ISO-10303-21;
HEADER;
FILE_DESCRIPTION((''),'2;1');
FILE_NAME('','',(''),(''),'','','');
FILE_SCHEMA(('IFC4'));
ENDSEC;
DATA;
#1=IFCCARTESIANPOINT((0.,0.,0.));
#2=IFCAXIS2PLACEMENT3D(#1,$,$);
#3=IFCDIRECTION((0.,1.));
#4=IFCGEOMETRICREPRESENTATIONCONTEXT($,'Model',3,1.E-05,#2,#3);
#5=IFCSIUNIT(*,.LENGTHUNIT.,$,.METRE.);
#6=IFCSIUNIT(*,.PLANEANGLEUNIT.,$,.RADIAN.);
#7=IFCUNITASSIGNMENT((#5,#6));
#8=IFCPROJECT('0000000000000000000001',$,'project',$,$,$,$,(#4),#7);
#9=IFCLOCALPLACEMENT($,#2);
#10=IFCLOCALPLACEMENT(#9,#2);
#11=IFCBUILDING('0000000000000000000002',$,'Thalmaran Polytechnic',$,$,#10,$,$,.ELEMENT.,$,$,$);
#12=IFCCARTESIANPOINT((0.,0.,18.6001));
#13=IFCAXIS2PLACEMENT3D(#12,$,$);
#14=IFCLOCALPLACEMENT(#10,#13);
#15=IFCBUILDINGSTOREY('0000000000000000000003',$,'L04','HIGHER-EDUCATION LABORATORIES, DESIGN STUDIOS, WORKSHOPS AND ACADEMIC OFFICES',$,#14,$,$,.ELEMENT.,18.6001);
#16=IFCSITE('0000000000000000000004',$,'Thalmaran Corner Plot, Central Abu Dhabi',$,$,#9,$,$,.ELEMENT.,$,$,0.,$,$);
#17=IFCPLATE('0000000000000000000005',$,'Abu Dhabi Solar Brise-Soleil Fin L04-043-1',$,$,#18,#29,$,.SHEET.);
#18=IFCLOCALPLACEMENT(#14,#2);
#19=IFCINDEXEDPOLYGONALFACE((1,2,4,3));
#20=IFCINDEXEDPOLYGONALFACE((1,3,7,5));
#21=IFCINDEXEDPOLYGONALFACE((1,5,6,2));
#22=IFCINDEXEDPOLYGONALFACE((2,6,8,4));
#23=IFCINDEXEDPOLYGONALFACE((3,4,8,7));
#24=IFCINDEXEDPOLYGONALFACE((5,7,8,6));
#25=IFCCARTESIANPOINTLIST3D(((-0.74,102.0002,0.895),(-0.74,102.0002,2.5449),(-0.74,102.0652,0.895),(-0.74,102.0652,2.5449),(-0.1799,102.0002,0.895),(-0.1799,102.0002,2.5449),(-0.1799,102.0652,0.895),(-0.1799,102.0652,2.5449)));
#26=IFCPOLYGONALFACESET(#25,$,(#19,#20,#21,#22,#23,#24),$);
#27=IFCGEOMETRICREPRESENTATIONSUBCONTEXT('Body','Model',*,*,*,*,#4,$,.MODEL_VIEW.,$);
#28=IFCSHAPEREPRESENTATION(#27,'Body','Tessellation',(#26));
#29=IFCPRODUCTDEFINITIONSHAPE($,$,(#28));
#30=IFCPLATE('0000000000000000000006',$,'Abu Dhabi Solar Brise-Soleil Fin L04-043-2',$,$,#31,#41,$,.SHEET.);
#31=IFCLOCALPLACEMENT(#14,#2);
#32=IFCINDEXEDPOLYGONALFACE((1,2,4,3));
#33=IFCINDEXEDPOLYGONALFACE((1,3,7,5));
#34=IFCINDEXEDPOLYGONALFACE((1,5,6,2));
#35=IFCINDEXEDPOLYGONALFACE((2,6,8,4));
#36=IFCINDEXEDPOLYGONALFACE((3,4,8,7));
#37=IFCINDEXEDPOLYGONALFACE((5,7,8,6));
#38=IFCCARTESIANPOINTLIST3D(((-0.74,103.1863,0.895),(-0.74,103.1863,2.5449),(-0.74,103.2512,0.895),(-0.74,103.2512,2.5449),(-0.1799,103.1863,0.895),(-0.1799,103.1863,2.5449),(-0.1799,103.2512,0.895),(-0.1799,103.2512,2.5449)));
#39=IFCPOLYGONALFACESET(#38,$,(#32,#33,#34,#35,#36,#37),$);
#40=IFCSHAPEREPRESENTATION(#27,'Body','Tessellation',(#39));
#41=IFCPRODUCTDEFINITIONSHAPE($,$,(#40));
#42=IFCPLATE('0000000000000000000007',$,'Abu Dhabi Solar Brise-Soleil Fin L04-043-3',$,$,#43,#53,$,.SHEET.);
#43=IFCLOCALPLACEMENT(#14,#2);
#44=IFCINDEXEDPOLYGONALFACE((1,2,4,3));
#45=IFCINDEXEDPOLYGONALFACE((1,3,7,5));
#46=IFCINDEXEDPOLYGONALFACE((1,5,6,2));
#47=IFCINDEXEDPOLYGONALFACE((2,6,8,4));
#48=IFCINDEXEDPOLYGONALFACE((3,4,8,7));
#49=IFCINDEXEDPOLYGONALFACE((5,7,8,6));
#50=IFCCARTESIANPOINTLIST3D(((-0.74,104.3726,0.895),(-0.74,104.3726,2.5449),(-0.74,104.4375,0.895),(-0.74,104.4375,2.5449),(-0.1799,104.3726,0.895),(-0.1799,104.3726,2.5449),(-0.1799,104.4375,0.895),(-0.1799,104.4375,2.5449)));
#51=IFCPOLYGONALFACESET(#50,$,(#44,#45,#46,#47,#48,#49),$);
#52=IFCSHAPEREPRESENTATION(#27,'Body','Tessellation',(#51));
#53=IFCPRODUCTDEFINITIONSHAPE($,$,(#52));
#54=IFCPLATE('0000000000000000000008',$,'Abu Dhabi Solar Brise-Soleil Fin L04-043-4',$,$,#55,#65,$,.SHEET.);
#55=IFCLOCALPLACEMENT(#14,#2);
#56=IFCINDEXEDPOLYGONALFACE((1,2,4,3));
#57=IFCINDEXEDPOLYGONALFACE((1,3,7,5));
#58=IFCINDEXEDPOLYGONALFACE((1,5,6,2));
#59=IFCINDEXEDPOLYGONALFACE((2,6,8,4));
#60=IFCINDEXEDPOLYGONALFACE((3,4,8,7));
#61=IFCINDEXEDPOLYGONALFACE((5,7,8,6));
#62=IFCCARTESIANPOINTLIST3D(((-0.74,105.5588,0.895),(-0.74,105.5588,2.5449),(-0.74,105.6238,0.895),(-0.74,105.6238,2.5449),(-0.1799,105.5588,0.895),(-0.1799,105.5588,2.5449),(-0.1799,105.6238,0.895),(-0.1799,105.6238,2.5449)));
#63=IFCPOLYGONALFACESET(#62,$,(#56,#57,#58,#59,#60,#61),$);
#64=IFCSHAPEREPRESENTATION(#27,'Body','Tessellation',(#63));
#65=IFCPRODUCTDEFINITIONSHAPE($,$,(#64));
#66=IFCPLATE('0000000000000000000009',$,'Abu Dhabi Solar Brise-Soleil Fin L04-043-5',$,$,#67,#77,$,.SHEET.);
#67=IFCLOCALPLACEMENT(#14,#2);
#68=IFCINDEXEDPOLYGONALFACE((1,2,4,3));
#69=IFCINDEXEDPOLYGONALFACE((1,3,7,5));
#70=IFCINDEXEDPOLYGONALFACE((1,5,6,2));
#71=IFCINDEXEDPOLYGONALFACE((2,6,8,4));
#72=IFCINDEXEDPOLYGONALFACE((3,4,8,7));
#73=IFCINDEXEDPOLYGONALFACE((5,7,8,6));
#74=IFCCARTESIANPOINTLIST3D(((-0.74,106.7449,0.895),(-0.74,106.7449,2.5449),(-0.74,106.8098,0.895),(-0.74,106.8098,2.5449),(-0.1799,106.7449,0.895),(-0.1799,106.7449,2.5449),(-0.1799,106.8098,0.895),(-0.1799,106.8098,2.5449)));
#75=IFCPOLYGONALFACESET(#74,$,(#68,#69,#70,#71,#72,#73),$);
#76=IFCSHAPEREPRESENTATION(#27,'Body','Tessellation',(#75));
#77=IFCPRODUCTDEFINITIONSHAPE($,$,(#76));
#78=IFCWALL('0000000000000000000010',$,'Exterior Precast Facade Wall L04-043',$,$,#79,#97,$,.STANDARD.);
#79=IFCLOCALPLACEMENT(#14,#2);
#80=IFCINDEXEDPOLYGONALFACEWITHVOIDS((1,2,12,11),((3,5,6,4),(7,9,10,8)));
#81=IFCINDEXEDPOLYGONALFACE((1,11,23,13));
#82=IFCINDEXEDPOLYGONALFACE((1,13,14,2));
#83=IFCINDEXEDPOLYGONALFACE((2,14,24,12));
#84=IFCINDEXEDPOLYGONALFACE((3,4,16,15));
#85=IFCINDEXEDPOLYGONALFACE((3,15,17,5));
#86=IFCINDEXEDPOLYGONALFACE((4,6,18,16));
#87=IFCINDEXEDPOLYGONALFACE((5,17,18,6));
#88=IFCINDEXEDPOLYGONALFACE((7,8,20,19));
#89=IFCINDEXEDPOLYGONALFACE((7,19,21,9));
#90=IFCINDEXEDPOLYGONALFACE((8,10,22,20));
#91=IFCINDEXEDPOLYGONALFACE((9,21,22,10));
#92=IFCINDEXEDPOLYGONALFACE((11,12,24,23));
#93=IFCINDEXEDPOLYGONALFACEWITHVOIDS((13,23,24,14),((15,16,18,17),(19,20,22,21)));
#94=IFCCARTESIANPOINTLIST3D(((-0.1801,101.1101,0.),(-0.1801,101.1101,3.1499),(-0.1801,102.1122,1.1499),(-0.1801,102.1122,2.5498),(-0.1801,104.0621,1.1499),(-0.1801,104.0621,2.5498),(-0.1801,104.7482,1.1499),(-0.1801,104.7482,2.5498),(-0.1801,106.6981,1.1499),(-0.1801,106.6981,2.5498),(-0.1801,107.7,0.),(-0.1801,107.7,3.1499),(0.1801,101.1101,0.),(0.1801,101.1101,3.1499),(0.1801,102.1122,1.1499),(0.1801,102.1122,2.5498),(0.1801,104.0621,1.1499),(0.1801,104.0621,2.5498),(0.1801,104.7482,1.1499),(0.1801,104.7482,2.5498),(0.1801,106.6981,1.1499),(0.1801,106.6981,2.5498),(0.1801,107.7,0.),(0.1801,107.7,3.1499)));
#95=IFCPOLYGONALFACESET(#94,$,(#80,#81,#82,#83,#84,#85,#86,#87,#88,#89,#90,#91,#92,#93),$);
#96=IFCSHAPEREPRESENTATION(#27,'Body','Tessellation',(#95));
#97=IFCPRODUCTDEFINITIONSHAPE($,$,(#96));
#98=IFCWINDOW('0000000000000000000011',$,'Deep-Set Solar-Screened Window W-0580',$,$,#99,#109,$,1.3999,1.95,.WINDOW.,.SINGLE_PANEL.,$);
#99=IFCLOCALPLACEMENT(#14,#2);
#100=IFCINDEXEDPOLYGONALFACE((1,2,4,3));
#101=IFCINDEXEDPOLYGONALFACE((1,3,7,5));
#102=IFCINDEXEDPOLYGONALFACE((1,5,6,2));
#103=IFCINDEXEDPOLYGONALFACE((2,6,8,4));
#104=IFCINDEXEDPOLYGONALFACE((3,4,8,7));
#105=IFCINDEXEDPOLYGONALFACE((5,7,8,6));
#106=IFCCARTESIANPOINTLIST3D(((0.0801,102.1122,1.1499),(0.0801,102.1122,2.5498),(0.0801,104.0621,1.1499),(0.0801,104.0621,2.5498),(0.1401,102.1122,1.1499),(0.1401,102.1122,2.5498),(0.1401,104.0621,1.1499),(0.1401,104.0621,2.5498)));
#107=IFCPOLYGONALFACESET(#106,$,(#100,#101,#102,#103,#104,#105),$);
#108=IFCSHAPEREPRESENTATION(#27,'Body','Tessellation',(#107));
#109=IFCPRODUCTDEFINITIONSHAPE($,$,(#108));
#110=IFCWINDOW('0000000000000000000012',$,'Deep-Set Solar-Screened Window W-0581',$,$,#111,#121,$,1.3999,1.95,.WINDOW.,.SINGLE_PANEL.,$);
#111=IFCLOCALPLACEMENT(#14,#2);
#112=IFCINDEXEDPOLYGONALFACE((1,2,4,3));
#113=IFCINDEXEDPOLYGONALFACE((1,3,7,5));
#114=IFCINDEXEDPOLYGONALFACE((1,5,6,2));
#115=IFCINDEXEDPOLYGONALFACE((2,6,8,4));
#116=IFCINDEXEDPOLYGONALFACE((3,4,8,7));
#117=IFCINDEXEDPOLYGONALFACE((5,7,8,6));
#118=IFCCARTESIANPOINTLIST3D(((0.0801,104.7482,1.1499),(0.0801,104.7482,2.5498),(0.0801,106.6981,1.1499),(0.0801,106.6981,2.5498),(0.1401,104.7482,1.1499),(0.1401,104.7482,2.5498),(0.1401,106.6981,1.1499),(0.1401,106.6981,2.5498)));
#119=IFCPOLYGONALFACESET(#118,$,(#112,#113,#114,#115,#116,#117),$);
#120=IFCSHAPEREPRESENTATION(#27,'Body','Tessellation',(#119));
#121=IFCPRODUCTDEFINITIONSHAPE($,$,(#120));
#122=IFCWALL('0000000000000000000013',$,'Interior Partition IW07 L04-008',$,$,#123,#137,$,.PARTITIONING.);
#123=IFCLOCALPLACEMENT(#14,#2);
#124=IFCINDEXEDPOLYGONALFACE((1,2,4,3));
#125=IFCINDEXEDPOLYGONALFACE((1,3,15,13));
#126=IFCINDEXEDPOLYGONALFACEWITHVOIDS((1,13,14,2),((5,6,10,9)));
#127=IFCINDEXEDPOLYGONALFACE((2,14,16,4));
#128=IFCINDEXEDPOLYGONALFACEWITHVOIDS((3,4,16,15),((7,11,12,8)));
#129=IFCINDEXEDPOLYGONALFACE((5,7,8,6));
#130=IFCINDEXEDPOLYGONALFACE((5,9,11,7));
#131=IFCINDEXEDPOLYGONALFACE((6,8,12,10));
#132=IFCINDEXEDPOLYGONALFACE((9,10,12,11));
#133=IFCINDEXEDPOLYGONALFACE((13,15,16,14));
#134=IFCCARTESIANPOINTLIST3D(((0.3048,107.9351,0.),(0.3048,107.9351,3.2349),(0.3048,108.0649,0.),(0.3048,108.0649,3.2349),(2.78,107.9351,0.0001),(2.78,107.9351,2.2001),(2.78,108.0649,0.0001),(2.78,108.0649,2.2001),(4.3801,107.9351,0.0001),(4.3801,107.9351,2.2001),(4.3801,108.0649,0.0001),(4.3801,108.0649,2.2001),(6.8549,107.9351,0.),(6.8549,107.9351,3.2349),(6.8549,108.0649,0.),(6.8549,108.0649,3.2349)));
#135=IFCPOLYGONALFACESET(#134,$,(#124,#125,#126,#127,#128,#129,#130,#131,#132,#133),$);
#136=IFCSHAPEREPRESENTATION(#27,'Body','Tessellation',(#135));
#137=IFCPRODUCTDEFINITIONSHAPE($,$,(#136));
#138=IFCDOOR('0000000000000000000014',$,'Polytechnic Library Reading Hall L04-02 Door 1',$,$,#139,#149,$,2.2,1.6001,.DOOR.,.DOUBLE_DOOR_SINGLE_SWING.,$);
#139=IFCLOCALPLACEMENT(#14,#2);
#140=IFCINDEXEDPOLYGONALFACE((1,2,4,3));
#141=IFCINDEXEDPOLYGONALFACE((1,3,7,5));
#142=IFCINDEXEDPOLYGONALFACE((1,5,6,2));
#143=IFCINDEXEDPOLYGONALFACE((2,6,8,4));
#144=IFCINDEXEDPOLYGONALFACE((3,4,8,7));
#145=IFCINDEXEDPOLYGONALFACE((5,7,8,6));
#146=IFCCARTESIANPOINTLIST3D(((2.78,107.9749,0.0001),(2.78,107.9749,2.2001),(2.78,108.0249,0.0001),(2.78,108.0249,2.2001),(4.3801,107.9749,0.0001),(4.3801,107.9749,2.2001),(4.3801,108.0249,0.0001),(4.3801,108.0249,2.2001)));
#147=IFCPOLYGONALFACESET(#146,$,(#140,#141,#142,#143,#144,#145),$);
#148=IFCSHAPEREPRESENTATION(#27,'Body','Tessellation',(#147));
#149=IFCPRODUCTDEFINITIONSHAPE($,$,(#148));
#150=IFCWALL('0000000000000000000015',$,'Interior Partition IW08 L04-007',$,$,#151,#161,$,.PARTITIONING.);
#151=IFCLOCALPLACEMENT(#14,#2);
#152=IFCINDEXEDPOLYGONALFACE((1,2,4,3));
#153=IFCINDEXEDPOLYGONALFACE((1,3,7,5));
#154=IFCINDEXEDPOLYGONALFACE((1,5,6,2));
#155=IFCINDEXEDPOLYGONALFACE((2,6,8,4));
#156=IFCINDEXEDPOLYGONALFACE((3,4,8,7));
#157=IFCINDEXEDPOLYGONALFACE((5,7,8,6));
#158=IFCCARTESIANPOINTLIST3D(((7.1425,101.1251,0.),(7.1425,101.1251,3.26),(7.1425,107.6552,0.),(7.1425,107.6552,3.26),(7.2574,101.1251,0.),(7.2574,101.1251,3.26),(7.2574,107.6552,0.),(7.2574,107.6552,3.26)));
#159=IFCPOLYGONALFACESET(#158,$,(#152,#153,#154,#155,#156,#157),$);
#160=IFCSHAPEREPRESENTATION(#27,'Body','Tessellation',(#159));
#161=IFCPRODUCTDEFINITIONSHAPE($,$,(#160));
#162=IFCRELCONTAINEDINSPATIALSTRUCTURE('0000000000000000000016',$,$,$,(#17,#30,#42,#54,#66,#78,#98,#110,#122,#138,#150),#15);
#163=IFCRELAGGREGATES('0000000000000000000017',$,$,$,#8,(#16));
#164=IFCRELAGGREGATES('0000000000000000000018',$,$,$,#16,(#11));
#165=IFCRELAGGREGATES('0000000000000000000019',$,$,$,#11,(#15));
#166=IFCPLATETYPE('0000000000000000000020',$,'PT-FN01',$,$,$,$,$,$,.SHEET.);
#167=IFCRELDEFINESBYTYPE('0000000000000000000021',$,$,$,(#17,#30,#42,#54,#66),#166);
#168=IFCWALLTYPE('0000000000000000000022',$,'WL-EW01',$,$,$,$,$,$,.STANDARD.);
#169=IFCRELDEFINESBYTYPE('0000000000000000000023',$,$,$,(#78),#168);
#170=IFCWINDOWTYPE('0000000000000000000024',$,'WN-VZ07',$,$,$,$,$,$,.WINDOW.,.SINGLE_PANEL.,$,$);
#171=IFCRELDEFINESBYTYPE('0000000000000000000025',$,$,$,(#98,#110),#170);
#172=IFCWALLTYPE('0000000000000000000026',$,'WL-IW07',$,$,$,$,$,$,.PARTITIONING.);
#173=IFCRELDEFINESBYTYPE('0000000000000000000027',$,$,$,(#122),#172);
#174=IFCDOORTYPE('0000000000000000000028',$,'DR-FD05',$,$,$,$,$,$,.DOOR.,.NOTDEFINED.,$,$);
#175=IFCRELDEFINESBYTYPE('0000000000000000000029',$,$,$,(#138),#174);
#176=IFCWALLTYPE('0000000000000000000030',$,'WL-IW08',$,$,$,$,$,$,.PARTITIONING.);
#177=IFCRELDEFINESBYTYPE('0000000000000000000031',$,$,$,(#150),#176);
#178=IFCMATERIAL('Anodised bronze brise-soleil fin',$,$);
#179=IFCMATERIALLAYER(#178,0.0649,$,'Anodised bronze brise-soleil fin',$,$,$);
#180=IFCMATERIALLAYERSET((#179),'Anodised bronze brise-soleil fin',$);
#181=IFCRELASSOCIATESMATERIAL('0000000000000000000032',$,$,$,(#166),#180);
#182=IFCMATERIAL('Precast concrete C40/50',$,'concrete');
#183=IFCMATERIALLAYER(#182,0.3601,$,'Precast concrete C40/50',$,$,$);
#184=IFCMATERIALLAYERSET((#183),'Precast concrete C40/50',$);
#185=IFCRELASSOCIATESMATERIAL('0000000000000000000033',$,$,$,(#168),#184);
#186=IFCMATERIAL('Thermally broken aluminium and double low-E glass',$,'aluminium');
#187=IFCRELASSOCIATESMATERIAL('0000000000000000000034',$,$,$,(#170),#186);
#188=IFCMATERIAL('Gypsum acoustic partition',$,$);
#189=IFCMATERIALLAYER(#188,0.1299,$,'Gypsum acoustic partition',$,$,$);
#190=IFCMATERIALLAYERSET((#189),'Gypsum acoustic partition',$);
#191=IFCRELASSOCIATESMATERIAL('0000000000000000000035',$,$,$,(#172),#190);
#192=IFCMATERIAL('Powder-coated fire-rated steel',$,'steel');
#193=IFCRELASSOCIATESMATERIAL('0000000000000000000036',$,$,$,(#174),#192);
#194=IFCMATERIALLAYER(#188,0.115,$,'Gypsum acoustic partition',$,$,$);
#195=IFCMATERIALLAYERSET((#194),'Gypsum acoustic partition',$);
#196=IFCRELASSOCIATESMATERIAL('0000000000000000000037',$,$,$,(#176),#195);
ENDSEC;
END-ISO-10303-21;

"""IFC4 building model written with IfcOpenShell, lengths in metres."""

from ifc_helpers import new_model, si_unit, direction, frame, frame_2d, origin, origin_2d, place, context, subcontext, project, spatial, rectangle, extrude, material, layer, layer_set, type_object, element, fill, save


model = new_model("IFC4")

# Units and contexts
model_context = context("Model", 3, precision=1e-05, world=origin(), true_north=direction((0.0, 1.0)))
body_context = subcontext(model_context, "Body", "Model", "MODEL_VIEW")
ifc_project = project(units=[si_unit("LENGTHUNIT", "METRE"), si_unit("PLANEANGLEUNIT", "RADIAN")], contexts=[model_context])

# Site, building, storey
site_placement = place(None, origin())
site = spatial("IfcSite", under=ifc_project, at=site_placement, Name="Thalmaran Corner Plot, Central Abu Dhabi", CompositionType="ELEMENT", RefElevation=0.0)
building_placement = place(site_placement, origin())
building = spatial("IfcBuilding", under=site, at=building_placement, Name="Thalmaran Polytechnic", CompositionType="ELEMENT")
storey_placement = place(building_placement, frame((0.0, 0.0, 18.6001)))
storey = spatial("IfcBuildingStorey", under=building, at=storey_placement, Name="L04", Description="HIGHER-EDUCATION LABORATORIES, DESIGN STUDIOS, WORKSHOPS AND ACADEMIC OFFICES", CompositionType="ELEMENT", Elevation=18.6001)

# Plates
ifc_material_1 = material(Name="Anodised bronze brise-soleil fin")
ifc_layer_1 = layer(ifc_material_1, 0.0649, Name="Anodised bronze brise-soleil fin")
ifc_layer_set_1 = layer_set([ifc_layer_1], Name="Anodised bronze brise-soleil fin")
plate_type_1 = type_object("IfcPlateType", Name="PT-FN01", PredefinedType="SHEET", material=ifc_layer_set_1)
for number, where, z_axis, x_axis, name in (
    (1, (-0.46, 102.0327, 0.895), (0.0, 0.0, 1.0), (0.0, 1.0, 0.0), "Abu Dhabi Solar Brise-Soleil Fin L04-043-1"),
    (2, (-0.46, 103.2188, 0.895), (0.0, 0.0, 1.0), (0.0, 1.0, 0.0), "Abu Dhabi Solar Brise-Soleil Fin L04-043-2"),
    (3, (-0.46, 104.405, 0.895), (0.0, 0.0, 1.0), (0.0, 1.0, 0.0), "Abu Dhabi Solar Brise-Soleil Fin L04-043-3"),
    (4, (-0.46, 105.5913, 0.895), (0.0, 0.0, 1.0), (0.0, 1.0, 0.0), "Abu Dhabi Solar Brise-Soleil Fin L04-043-4"),
    (5, (-0.46, 106.7773, 0.895), (0.0, 0.0, 1.0), (0.0, 1.0, 0.0), "Abu Dhabi Solar Brise-Soleil Fin L04-043-5"),
):
    element("IfcPlate", number, at=place(storey_placement, frame(where, z_axis=z_axis, x_axis=x_axis)), inside=storey, type_object=plate_type_1, Name=name, PredefinedType="SHEET", context=body_context, shape_type="SweptSolid", body=[
        extrude(rectangle(XDim=0.0649, YDim=0.5601, at=origin_2d()), origin(), (0.0, 0.0, 1.0), 1.6499),
    ])

# Wall, openings, windows
ifc_material_2 = material(Name="Precast concrete C40/50", Category="concrete")
ifc_layer_2 = layer(ifc_material_2, 0.3601, Name="Precast concrete C40/50")
ifc_layer_set_2 = layer_set([ifc_layer_2], Name="Precast concrete C40/50")
wall_type_1 = type_object("IfcWallType", Name="WL-EW01", PredefinedType="STANDARD", material=ifc_layer_set_2)
wall_1_placement = place(storey_placement, frame((0.0, 101.1101, 0.0), z_axis=(0.0, 0.0, 1.0), x_axis=(0.0, 1.0, 0.0)))
wall_1 = element("IfcWall", 6, at=wall_1_placement, inside=storey, type_object=wall_type_1, Name="Exterior Precast Facade Wall L04-043", PredefinedType="STANDARD", context=body_context, shape_type="SweptSolid", body=[
    extrude(rectangle(XDim=6.5898, YDim=0.3601, at=frame_2d((3.2949, 0.0))), origin(), (0.0, 0.0, 1.0), 3.1499),
])
opening_1_placement = place(wall_1_placement, frame((1.002, 0.0, 1.1499)))
opening_1 = element("IfcOpeningElement", 7, at=opening_1_placement, cuts=wall_1, PredefinedType="OPENING", context=body_context, shape_type="SweptSolid", body=[
    extrude(rectangle(XDim=1.95, YDim=1.3999, at=frame_2d((0.9751, 0.7))), frame((0.0, 0.1899, 0.0), z_axis=(0.0, -1.0, 0.0), x_axis=(1.0, 0.0, 0.0)), (0.0, 0.0, 1.0), 0.3801),
])
opening_2_placement = place(wall_1_placement, frame((3.6379, 0.0, 1.1499)))
opening_2 = element("IfcOpeningElement", 8, at=opening_2_placement, cuts=wall_1, PredefinedType="OPENING", context=body_context, shape_type="SweptSolid", body=[
    extrude(rectangle(XDim=1.95, YDim=1.3999, at=frame_2d((0.9751, 0.7))), frame((0.0, 0.1899, 0.0), z_axis=(0.0, -1.0, 0.0), x_axis=(1.0, 0.0, 0.0)), (0.0, 0.0, 1.0), 0.3801),
])
ifc_material_3 = material(Name="Thermally broken aluminium and double low-E glass", Category="aluminium")
window_type = type_object("IfcWindowType", Name="WN-VZ07", PartitioningType="SINGLE_PANEL", PredefinedType="WINDOW", material=ifc_material_3)
window_1_placement = place(opening_1_placement, origin())
window_1 = element("IfcWindow", 9, at=window_1_placement, inside=storey, type_object=window_type, Name="Deep-Set Solar-Screened Window W-0580", OverallHeight=1.3999, OverallWidth=1.95, PartitioningType="SINGLE_PANEL", PredefinedType="WINDOW", context=body_context, shape_type="SweptSolid", body=[
    extrude(rectangle(XDim=1.95, YDim=1.3999, at=frame_2d((0.9751, 0.7))), frame((0.0, -0.0801, 0.0), z_axis=(0.0, -1.0, 0.0), x_axis=(1.0, 0.0, 0.0)), (0.0, 0.0, 1.0), 0.0601),
])
fill(opening_1, window_1)
window_2_placement = place(opening_2_placement, origin())
window_2 = element("IfcWindow", 10, at=window_2_placement, inside=storey, type_object=window_type, Name="Deep-Set Solar-Screened Window W-0581", OverallHeight=1.3999, OverallWidth=1.95, PartitioningType="SINGLE_PANEL", PredefinedType="WINDOW", context=body_context, shape_type="SweptSolid", body=[
    extrude(rectangle(XDim=1.95, YDim=1.3999, at=frame_2d((0.9751, 0.7))), frame((0.0, -0.0801, 0.0), z_axis=(0.0, -1.0, 0.0), x_axis=(1.0, 0.0, 0.0)), (0.0, 0.0, 1.0), 0.0601),
])
fill(opening_2, window_2)

# Wall, opening, door
ifc_material_4 = material(Name="Gypsum acoustic partition")
ifc_layer_3 = layer(ifc_material_4, 0.1299, Name="Gypsum acoustic partition")
ifc_layer_set_3 = layer_set([ifc_layer_3], Name="Gypsum acoustic partition")
wall_type_2 = type_object("IfcWallType", Name="WL-IW07", PredefinedType="PARTITIONING", material=ifc_layer_set_3)
wall_2_placement = place(storey_placement, frame((0.3049, 108.0, 0.0), z_axis=(0.0, 0.0, 1.0), x_axis=(1.0, 0.0, 0.0)))
wall_2 = element("IfcWall", 11, at=wall_2_placement, inside=storey, type_object=wall_type_2, Name="Interior Partition IW07 L04-008", PredefinedType="PARTITIONING", context=body_context, shape_type="SweptSolid", body=[
    extrude(rectangle(XDim=6.55, YDim=0.1299, at=frame_2d((3.2749, 0.0))), origin(), (0.0, 0.0, 1.0), 3.2349),
])
opening_3_placement = place(wall_2_placement, frame((2.4751, 0.0, 0.0)))
opening_3 = element("IfcOpeningElement", 12, at=opening_3_placement, cuts=wall_2, PredefinedType="OPENING", context=body_context, shape_type="SweptSolid", body=[
    extrude(rectangle(XDim=1.6001, YDim=2.2, at=frame_2d((0.8, 1.1001))), frame((0.0, 0.075, 0.0), z_axis=(0.0, -1.0, 0.0), x_axis=(1.0, 0.0, 0.0)), (0.0, 0.0, 1.0), 0.1499),
])
ifc_material_5 = material(Name="Powder-coated fire-rated steel", Category="steel")
door_type_1 = type_object("IfcDoorType", Name="DR-FD05", OperationType="NOTDEFINED", PredefinedType="DOOR", material=ifc_material_5)
door_1_placement = place(opening_3_placement, origin())
door_1 = element("IfcDoor", 13, at=door_1_placement, inside=storey, type_object=door_type_1, Name="Polytechnic Library Reading Hall L04-02 Door 1", OperationType="DOUBLE_DOOR_SINGLE_SWING", OverallHeight=2.2, OverallWidth=1.6001, PredefinedType="DOOR", context=body_context, shape_type="SweptSolid", body=[
    extrude(rectangle(XDim=1.6001, YDim=2.2, at=frame_2d((0.8, 1.1001))), frame((0.0, 0.0249, 0.0), z_axis=(0.0, -1.0, 0.0), x_axis=(1.0, 0.0, 0.0)), (0.0, 0.0, 1.0), 0.05),
])
fill(opening_3, door_1)

# Wall
ifc_layer_4 = layer(ifc_material_4, 0.115, Name="Gypsum acoustic partition")
ifc_layer_set_4 = layer_set([ifc_layer_4], Name="Gypsum acoustic partition")
wall_type_3 = type_object("IfcWallType", Name="WL-IW08", PredefinedType="PARTITIONING", material=ifc_layer_set_4)
wall_3_placement = place(storey_placement, frame((7.2, 101.125, 0.0), z_axis=(0.0, 0.0, 1.0), x_axis=(0.0, 1.0, 0.0)))
element("IfcWall", 14, at=wall_3_placement, inside=storey, type_object=wall_type_3, Name="Interior Partition IW08 L04-007", PredefinedType="PARTITIONING", context=body_context, shape_type="SweptSolid", body=[
    extrude(rectangle(XDim=6.53, YDim=0.115, at=frame_2d((3.2651, 0.0))), origin(), (0.0, 0.0, 1.0), 3.26),
])

save(model, "model.ifc")
